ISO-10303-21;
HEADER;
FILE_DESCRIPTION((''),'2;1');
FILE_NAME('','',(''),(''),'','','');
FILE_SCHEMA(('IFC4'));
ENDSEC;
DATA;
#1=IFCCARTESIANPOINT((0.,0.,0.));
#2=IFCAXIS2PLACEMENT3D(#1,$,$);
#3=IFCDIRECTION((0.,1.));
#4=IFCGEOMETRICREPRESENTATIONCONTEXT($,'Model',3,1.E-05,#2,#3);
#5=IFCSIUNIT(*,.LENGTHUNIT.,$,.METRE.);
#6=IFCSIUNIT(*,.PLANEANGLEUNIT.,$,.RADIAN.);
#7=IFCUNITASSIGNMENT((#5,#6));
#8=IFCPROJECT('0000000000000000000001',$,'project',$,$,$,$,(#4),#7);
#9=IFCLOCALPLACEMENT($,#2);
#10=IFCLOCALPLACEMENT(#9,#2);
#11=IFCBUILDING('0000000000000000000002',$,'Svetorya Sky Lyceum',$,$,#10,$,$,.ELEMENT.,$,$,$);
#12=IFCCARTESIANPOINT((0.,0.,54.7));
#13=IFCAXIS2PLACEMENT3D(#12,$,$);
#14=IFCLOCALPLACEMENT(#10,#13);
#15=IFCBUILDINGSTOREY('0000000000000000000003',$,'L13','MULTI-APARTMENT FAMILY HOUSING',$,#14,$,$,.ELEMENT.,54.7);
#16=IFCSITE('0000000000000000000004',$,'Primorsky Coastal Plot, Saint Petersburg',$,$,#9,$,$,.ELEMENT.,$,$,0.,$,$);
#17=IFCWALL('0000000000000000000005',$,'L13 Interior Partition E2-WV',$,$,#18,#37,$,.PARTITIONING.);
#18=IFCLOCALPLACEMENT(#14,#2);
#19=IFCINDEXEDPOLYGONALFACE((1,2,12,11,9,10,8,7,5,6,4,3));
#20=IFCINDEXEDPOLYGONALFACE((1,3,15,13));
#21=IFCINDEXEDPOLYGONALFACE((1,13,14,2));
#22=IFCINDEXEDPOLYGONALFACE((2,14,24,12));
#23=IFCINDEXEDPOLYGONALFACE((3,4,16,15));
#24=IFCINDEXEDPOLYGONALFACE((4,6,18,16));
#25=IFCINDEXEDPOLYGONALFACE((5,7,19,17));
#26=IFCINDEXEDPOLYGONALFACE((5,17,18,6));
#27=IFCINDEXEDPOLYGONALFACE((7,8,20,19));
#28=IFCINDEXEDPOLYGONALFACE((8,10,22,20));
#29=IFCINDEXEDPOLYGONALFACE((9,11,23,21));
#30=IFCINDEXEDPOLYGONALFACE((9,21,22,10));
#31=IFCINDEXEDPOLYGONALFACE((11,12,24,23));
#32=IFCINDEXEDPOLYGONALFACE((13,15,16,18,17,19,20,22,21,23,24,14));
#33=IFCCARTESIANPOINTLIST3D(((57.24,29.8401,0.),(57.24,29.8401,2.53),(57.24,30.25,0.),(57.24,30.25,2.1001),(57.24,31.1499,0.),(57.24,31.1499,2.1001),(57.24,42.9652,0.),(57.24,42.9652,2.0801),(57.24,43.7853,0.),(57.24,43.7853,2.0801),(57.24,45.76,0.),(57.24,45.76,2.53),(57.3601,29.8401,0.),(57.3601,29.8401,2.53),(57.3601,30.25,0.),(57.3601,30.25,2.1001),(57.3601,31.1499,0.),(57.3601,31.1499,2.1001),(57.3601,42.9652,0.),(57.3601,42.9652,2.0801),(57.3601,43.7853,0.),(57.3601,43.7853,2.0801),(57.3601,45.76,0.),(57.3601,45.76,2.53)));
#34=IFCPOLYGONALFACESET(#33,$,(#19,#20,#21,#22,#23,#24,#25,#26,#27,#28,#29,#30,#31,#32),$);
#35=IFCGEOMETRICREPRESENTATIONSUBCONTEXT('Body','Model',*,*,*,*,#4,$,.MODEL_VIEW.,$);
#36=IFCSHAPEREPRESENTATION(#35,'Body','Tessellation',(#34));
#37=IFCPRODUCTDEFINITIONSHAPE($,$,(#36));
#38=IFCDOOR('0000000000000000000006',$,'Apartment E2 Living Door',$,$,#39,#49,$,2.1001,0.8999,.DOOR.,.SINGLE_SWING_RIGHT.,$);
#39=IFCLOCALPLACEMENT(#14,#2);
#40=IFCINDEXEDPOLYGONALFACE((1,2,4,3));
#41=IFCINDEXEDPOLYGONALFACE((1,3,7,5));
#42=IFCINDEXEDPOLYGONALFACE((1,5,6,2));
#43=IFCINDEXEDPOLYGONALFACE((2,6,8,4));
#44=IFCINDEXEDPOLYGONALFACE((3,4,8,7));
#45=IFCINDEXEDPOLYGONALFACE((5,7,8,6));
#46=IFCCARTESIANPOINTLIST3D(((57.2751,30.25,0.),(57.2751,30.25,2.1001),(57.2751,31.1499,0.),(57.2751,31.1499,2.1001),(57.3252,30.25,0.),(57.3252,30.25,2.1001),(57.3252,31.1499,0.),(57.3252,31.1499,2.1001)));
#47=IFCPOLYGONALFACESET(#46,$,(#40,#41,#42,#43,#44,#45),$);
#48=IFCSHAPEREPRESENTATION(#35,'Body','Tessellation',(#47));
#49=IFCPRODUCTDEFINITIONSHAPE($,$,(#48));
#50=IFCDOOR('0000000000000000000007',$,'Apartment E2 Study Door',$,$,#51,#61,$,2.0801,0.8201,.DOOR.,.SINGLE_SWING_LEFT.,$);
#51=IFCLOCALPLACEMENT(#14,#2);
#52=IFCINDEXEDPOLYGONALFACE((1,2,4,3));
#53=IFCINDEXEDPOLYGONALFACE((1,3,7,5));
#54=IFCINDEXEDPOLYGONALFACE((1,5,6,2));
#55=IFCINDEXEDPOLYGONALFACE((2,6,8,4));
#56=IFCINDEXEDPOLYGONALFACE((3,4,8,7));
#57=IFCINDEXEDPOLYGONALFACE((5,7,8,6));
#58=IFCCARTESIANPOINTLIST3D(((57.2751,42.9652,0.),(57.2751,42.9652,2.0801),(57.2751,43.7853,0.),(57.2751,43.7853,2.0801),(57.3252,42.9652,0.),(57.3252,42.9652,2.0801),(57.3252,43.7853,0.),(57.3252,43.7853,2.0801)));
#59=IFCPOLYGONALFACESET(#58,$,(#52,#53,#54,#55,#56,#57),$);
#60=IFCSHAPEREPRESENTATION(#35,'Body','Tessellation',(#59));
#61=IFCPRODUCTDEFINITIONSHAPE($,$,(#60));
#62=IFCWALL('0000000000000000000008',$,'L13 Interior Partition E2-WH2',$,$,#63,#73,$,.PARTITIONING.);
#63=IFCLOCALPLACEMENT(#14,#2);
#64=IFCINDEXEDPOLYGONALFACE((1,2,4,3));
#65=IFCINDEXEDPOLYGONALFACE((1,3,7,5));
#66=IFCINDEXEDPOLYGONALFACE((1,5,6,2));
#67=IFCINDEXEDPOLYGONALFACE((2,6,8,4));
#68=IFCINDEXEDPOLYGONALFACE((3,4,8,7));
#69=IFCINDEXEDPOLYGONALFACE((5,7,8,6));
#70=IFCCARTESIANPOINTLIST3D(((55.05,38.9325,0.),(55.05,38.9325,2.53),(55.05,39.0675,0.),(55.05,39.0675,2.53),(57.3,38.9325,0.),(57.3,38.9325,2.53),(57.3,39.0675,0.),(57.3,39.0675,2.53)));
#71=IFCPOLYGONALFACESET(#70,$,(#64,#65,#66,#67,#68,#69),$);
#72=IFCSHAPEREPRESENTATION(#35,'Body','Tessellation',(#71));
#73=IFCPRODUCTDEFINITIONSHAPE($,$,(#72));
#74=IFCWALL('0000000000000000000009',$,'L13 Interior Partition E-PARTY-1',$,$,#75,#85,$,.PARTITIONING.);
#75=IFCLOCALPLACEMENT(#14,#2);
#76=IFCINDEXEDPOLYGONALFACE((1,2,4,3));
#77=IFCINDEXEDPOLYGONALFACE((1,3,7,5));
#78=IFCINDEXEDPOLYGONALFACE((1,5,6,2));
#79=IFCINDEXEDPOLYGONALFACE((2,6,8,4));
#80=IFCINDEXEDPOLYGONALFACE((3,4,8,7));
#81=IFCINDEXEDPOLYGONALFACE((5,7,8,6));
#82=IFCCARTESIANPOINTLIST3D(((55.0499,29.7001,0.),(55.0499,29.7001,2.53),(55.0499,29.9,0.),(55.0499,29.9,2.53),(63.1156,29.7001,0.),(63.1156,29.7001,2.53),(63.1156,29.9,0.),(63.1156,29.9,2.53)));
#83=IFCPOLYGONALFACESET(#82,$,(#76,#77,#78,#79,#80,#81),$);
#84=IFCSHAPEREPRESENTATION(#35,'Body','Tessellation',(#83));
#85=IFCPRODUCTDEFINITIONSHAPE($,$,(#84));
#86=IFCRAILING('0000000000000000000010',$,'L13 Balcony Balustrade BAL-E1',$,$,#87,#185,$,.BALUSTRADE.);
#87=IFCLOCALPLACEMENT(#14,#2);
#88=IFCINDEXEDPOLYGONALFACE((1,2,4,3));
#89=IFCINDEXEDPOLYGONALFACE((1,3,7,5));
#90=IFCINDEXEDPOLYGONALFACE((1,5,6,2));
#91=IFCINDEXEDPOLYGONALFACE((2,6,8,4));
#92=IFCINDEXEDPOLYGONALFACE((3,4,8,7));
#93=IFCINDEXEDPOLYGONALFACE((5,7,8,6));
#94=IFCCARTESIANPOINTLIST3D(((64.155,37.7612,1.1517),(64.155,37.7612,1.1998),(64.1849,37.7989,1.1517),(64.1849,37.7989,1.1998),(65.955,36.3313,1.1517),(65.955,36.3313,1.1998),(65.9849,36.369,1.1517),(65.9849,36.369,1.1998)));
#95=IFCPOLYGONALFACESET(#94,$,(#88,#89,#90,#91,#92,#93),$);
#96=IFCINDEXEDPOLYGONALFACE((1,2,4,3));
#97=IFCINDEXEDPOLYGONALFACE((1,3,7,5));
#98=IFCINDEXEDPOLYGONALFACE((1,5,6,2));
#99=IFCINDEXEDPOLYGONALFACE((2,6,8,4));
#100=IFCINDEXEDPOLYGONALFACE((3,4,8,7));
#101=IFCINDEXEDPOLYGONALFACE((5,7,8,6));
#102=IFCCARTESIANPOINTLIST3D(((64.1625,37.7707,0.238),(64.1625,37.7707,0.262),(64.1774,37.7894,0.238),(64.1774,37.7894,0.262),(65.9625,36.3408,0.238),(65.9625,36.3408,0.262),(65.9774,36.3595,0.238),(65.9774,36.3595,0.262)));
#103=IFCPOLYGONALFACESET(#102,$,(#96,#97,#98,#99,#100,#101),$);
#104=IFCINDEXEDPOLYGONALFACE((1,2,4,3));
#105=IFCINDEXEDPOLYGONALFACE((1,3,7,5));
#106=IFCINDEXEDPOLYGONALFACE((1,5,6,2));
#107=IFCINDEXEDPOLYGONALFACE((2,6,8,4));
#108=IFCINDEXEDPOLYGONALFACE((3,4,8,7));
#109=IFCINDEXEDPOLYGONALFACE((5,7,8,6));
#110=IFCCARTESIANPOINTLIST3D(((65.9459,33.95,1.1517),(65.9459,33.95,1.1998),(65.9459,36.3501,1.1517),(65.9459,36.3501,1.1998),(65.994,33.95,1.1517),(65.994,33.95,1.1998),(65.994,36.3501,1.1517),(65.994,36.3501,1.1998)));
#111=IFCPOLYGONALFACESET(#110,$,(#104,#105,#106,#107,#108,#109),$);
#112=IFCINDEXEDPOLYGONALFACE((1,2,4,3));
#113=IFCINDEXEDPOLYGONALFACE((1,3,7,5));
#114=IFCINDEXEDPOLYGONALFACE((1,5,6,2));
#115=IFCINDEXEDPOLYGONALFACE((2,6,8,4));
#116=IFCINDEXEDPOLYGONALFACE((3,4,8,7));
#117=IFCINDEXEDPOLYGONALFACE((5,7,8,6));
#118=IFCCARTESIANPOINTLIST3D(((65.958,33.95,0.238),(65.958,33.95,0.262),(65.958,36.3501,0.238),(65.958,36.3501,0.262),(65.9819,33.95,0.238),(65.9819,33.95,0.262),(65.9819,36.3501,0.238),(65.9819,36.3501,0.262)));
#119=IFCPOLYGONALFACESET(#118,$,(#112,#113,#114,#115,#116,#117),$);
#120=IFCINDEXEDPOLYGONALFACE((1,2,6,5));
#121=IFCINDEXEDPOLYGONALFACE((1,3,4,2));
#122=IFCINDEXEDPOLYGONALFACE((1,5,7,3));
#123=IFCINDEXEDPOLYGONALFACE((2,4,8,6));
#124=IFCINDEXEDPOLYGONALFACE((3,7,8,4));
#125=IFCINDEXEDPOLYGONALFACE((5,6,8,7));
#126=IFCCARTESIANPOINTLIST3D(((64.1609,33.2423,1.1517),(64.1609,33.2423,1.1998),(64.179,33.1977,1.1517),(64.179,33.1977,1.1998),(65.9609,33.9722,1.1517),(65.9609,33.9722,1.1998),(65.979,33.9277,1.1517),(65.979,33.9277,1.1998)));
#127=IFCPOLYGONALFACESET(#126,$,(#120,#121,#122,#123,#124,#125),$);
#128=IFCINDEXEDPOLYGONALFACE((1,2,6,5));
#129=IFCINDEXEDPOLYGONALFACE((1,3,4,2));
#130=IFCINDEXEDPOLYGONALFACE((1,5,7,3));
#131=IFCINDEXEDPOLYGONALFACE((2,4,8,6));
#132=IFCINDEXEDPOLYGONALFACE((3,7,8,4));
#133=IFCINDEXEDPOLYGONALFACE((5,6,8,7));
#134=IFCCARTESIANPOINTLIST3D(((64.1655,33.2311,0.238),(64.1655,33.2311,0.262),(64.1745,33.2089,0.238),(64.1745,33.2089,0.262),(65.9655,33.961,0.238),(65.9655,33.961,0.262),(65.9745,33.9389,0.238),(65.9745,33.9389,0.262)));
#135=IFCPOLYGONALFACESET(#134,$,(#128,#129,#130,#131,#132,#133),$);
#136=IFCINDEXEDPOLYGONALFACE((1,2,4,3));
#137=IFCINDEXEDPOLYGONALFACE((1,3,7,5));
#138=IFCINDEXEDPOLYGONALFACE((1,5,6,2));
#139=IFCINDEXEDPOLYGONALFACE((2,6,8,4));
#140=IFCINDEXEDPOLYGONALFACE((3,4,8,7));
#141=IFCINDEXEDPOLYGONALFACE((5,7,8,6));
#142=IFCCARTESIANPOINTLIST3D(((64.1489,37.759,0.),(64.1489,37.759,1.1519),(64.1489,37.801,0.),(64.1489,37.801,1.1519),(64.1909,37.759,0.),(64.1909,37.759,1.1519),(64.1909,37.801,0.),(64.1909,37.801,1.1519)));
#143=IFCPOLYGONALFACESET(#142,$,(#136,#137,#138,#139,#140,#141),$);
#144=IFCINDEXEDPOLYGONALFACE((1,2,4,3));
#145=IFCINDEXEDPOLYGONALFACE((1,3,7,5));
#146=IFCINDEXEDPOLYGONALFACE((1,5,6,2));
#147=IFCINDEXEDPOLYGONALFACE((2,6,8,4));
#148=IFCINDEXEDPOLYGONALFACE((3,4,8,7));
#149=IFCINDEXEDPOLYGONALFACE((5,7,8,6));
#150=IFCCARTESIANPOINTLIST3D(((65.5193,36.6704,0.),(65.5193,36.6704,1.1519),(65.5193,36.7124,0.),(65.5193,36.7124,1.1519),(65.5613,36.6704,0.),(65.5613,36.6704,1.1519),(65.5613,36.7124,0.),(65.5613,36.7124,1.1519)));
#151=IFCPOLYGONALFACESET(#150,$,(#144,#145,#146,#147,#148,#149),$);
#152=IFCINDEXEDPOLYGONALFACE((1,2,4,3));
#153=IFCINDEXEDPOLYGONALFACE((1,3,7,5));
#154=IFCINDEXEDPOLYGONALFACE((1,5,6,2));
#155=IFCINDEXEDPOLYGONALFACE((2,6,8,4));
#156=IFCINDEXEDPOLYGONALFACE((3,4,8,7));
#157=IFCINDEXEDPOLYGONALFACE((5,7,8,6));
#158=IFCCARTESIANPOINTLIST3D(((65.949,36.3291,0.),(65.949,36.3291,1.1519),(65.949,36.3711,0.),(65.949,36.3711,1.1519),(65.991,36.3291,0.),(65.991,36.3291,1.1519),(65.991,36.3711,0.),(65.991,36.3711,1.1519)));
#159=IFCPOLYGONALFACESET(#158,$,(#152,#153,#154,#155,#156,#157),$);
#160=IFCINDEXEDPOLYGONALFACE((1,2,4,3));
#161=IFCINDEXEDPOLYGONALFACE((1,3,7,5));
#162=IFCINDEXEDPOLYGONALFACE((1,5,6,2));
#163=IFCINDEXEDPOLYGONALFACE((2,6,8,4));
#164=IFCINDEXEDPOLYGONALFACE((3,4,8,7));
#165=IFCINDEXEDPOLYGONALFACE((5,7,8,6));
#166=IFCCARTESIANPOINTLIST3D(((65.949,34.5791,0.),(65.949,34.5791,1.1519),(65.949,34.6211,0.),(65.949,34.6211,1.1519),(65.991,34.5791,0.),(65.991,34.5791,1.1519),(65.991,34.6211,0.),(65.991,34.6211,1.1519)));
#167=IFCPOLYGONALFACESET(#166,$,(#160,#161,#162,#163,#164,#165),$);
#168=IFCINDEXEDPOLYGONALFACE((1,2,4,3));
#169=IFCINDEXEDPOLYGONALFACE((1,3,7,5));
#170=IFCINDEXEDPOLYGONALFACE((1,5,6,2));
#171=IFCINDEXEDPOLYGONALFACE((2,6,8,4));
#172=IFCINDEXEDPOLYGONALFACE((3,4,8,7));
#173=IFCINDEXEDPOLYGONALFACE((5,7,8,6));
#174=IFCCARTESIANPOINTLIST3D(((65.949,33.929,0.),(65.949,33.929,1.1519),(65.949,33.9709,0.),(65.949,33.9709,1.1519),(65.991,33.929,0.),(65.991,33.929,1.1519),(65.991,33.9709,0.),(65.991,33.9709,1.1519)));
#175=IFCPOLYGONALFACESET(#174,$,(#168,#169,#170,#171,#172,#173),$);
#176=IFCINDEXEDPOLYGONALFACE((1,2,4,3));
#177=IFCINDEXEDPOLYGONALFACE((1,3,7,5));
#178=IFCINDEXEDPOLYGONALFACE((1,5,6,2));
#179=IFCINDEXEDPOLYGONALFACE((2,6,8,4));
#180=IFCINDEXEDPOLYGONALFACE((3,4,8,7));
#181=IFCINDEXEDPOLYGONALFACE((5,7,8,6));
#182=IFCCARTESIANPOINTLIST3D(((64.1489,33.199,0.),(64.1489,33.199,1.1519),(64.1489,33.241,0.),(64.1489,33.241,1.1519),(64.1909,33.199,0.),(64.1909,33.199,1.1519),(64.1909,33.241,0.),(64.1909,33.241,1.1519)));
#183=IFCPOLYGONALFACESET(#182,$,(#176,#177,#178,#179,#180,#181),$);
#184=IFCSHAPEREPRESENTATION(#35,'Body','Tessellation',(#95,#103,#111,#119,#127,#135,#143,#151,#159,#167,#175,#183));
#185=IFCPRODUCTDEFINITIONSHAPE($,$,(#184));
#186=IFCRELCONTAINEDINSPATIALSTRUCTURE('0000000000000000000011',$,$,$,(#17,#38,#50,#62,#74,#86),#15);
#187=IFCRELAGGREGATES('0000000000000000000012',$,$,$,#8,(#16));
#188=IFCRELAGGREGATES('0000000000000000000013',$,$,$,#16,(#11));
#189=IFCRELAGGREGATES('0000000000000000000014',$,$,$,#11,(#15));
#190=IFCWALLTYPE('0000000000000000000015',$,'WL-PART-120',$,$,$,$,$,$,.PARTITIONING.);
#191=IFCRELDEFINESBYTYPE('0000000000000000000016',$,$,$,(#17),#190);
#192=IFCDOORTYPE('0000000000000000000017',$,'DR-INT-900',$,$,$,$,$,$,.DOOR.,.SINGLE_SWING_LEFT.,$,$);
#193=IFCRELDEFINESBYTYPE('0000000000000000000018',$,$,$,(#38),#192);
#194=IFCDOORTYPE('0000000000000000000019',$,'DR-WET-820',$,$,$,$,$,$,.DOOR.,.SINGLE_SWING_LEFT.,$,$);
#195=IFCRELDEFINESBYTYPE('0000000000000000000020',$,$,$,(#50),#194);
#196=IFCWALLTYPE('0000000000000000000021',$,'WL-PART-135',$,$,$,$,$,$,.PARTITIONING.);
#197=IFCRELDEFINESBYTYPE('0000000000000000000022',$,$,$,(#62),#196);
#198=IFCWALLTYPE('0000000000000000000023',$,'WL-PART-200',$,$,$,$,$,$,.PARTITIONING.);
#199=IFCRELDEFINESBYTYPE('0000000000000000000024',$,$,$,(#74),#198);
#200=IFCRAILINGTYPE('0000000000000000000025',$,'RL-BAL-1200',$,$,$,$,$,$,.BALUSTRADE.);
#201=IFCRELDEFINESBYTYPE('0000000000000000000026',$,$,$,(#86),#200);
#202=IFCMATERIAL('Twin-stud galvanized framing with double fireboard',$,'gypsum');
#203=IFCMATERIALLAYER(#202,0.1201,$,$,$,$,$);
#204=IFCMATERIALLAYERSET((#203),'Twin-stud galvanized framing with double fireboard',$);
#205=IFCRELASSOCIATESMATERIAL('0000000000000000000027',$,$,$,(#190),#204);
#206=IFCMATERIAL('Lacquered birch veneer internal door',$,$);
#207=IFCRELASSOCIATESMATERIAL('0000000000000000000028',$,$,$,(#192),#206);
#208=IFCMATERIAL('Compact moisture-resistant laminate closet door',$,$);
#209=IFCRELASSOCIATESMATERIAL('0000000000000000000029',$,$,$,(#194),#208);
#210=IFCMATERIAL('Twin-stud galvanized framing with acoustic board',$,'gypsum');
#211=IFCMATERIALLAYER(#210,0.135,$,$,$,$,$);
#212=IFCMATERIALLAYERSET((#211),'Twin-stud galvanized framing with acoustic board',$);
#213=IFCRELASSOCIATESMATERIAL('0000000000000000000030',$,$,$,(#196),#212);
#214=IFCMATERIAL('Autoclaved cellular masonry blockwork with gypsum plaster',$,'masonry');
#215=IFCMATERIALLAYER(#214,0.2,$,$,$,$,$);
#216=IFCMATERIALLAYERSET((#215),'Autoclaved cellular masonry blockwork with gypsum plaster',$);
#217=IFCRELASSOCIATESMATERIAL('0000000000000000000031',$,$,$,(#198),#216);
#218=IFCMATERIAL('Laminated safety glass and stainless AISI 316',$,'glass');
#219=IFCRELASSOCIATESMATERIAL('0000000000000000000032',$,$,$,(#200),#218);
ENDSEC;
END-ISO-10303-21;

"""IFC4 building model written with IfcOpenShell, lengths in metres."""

from ifc_helpers import new_model, si_unit, direction, frame, frame_2d, origin, origin_2d, place, context, subcontext, project, spatial, rectangle, extrude, material, layer, layer_set, type_object, element, fill, save


model = new_model("IFC4")

# Units and contexts
model_context = context("Model", 3, precision=1e-05, world=origin(), true_north=direction((0.0, 1.0)))
body_context = subcontext(model_context, "Body", "Model", "MODEL_VIEW")
ifc_project = project(units=[si_unit("LENGTHUNIT", "METRE"), si_unit("PLANEANGLEUNIT", "RADIAN")], contexts=[model_context])

# Site, building, storey
site_placement = place(None, origin())
site = spatial("IfcSite", under=ifc_project, at=site_placement, Name="Primorsky Coastal Plot, Saint Petersburg", CompositionType="ELEMENT", RefElevation=0.0)
building_placement = place(site_placement, origin())
building = spatial("IfcBuilding", under=site, at=building_placement, Name="Svetorya Sky Lyceum", CompositionType="ELEMENT")
storey_placement = place(building_placement, frame((0.0, 0.0, 54.7)))
storey = spatial("IfcBuildingStorey", under=building, at=storey_placement, Name="L13", Description="MULTI-APARTMENT FAMILY HOUSING", CompositionType="ELEMENT", Elevation=54.7)

# Shared definitions
ifc_material_1 = material(Name="Twin-stud galvanized framing with double fireboard", Category="gypsum")
ifc_layer_1 = layer(ifc_material_1, 0.1201)
ifc_layer_set_1 = layer_set([ifc_layer_1], Name="Twin-stud galvanized framing with double fireboard")
wall_type_1 = type_object("IfcWallType", Name="WL-PART-120", PredefinedType="PARTITIONING", material=ifc_layer_set_1)
ifc_material_2 = material(Name="Lacquered birch veneer internal door")
door_type_1 = type_object("IfcDoorType", Name="DR-INT-900", OperationType="SINGLE_SWING_LEFT", PredefinedType="DOOR", material=ifc_material_2)

# Wall, openings, doors
wall_1_placement = place(storey_placement, frame((57.3, 29.8401, 0.0), z_axis=(0.0, 0.0, 1.0), x_axis=(0.0, 1.0, 0.0)))
wall_1 = element("IfcWall", 1, at=wall_1_placement, inside=storey, type_object=wall_type_1, Name="L13 Interior Partition E2-WV", PredefinedType="PARTITIONING", context=body_context, shape_type="SweptSolid", body=[
    extrude(rectangle(XDim=15.9199, YDim=0.1201, at=frame_2d((7.96, 0.0))), origin(), (0.0, 0.0, 1.0), 2.53),
])
opening_1_placement = place(wall_1_placement, frame((0.4099, 0.0, 0.0)))
opening_1 = element("IfcOpeningElement", 2, at=opening_1_placement, cuts=wall_1, PredefinedType="OPENING", context=body_context, shape_type="SweptSolid", body=[
    extrude(rectangle(XDim=0.8999, YDim=2.1001, at=frame_2d((0.45, 1.05))), frame((0.0, 0.0701, 0.0), z_axis=(0.0, -1.0, 0.0), x_axis=(1.0, 0.0, 0.0)), (0.0, 0.0, 1.0), 0.1401),
])
opening_2_placement = place(wall_1_placement, frame((13.125, 0.0, 0.0)))
opening_2 = element("IfcOpeningElement", 3, at=opening_2_placement, cuts=wall_1, PredefinedType="OPENING", context=body_context, shape_type="SweptSolid", body=[
    extrude(rectangle(XDim=0.8201, YDim=2.0801, at=frame_2d((0.4102, 1.04))), frame((0.0, 0.0701, 0.0), z_axis=(0.0, -1.0, 0.0), x_axis=(1.0, 0.0, 0.0)), (0.0, 0.0, 1.0), 0.1401),
])
door_1_placement = place(opening_1_placement, origin())
door_1 = element("IfcDoor", 4, at=door_1_placement, inside=storey, type_object=door_type_1, Name="Apartment E2 Living Door", OperationType="SINGLE_SWING_RIGHT", OverallHeight=2.1001, OverallWidth=0.8999, PredefinedType="DOOR", context=body_context, shape_type="SweptSolid", body=[
    extrude(rectangle(XDim=0.8999, YDim=2.1001, at=frame_2d((0.45, 1.05))), frame((0.0, 0.0249, 0.0), z_axis=(0.0, -1.0, 0.0), x_axis=(1.0, 0.0, 0.0)), (0.0, 0.0, 1.0), 0.05),
])
fill(opening_1, door_1)
ifc_material_3 = material(Name="Compact moisture-resistant laminate closet door")
door_type_2 = type_object("IfcDoorType", Name="DR-WET-820", OperationType="SINGLE_SWING_LEFT", PredefinedType="DOOR", material=ifc_material_3)
door_2_placement = place(opening_2_placement, origin())
door_2 = element("IfcDoor", 5, at=door_2_placement, inside=storey, type_object=door_type_2, Name="Apartment E2 Study Door", OperationType="SINGLE_SWING_LEFT", OverallHeight=2.0801, OverallWidth=0.8201, PredefinedType="DOOR", context=body_context, shape_type="SweptSolid", body=[
    extrude(rectangle(XDim=0.8201, YDim=2.0801, at=frame_2d((0.4102, 1.04))), frame((0.0, 0.0249, 0.0), z_axis=(0.0, -1.0, 0.0), x_axis=(1.0, 0.0, 0.0)), (0.0, 0.0, 1.0), 0.05),
])
fill(opening_2, door_2)

# Walls
ifc_material_4 = material(Name="Twin-stud galvanized framing with acoustic board", Category="gypsum")
ifc_layer_2 = layer(ifc_material_4, 0.135)
ifc_layer_set_2 = layer_set([ifc_layer_2], Name="Twin-stud galvanized framing with acoustic board")
wall_type_2 = type_object("IfcWallType", Name="WL-PART-135", PredefinedType="PARTITIONING", material=ifc_layer_set_2)
wall_2_placement = place(storey_placement, frame((55.05, 39.0, 0.0), z_axis=(0.0, 0.0, 1.0), x_axis=(1.0, 0.0, 0.0)))
element("IfcWall", 6, at=wall_2_placement, inside=storey, type_object=wall_type_2, Name="L13 Interior Partition E2-WH2", PredefinedType="PARTITIONING", context=body_context, shape_type="SweptSolid", body=[
    extrude(rectangle(XDim=2.25, YDim=0.135, at=frame_2d((1.125, 0.0))), origin(), (0.0, 0.0, 1.0), 2.53),
])
ifc_material_5 = material(Name="Autoclaved cellular masonry blockwork with gypsum plaster", Category="masonry")
ifc_layer_3 = layer(ifc_material_5, 0.2)
ifc_layer_set_3 = layer_set([ifc_layer_3], Name="Autoclaved cellular masonry blockwork with gypsum plaster")
wall_type_3 = type_object("IfcWallType", Name="WL-PART-200", PredefinedType="PARTITIONING", material=ifc_layer_set_3)
wall_3_placement = place(storey_placement, frame((55.05, 29.8, 0.0), z_axis=(0.0, 0.0, 1.0), x_axis=(1.0, 0.0, 0.0)))
element("IfcWall", 7, at=wall_3_placement, inside=storey, type_object=wall_type_3, Name="L13 Interior Partition E-PARTY-1", PredefinedType="PARTITIONING", context=body_context, shape_type="SweptSolid", body=[
    extrude(rectangle(XDim=8.0657, YDim=0.2, at=frame_2d((4.0327, 0.0))), origin(), (0.0, 0.0, 1.0), 2.53),
])

# Railing
ifc_material_6 = material(Name="Laminated safety glass and stainless AISI 316", Category="glass")
railing_type = type_object("IfcRailingType", Name="RL-BAL-1200", PredefinedType="BALUSTRADE", material=ifc_material_6)
railing_placement = place(storey_placement, frame((64.1699, 37.78, 0.0)))
element("IfcRailing", 8, at=railing_placement, inside=storey, type_object=railing_type, Name="L13 Balcony Balustrade BAL-E1", PredefinedType="BALUSTRADE", context=body_context, shape_type="SweptSolid", body=[
    extrude(rectangle(XDim=0.0481, YDim=0.0481, at=origin_2d()), frame((0.0, 0.0, 1.1758), z_axis=(0.783009, -0.62201, 0.0), x_axis=(0.62201, 0.783009, 0.0)), (0.0, 0.0, 1.0), 2.2988),
    extrude(rectangle(XDim=0.0239, YDim=0.0239, at=origin_2d()), frame((0.0, 0.0, 0.25), z_axis=(0.783009, -0.62201, 0.0), x_axis=(0.62201, 0.783009, 0.0)), (0.0, 0.0, 1.0), 2.2988),
    extrude(rectangle(XDim=0.0481, YDim=0.0481, at=origin_2d()), frame((1.8, -1.4299, 1.1758), z_axis=(0.0, -1.0, 0.0), x_axis=(1.0, 0.0, 0.0)), (0.0, 0.0, 1.0), 2.4001),
    extrude(rectangle(XDim=0.0239, YDim=0.0239, at=origin_2d()), frame((1.8, -1.4299, 0.25), z_axis=(0.0, -1.0, 0.0), x_axis=(1.0, 0.0, 0.0)), (0.0, 0.0, 1.0), 2.4001),
    extrude(rectangle(XDim=0.0481, YDim=0.0481, at=origin_2d()), frame((1.8, -3.8301, 1.1758), z_axis=(-0.926698, -0.375807, 0.0), x_axis=(0.375807, -0.926698, 0.0)), (0.0, 0.0, 1.0), 1.9424),
    extrude(rectangle(XDim=0.0239, YDim=0.0239, at=origin_2d()), frame((1.8, -3.8301, 0.25), z_axis=(-0.926698, -0.375807, 0.0), x_axis=(0.375807, -0.926698, 0.0)), (0.0, 0.0, 1.0), 1.9424),
    extrude(rectangle(XDim=0.042, YDim=0.042, at=origin_2d()), origin(), (0.0, 0.0, 1.0), 1.1519),
    extrude(rectangle(XDim=0.042, YDim=0.042, at=origin_2d()), frame((1.3704, -1.0886, 0.0)), (0.0, 0.0, 1.0), 1.1519),
    extrude(rectangle(XDim=0.042, YDim=0.042, at=origin_2d()), frame((1.8, -1.4299, 0.0)), (0.0, 0.0, 1.0), 1.1519),
    extrude(rectangle(XDim=0.042, YDim=0.042, at=origin_2d()), frame((1.8, -3.1799, 0.0)), (0.0, 0.0, 1.0), 1.1519),
    extrude(rectangle(XDim=0.042, YDim=0.042, at=origin_2d()), frame((1.8, -3.8301, 0.0)), (0.0, 0.0, 1.0), 1.1519),
    extrude(rectangle(XDim=0.042, YDim=0.042, at=origin_2d()), frame((0.0, -4.5601, 0.0)), (0.0, 0.0, 1.0), 1.1519),
])

save(model, "model.ifc")
